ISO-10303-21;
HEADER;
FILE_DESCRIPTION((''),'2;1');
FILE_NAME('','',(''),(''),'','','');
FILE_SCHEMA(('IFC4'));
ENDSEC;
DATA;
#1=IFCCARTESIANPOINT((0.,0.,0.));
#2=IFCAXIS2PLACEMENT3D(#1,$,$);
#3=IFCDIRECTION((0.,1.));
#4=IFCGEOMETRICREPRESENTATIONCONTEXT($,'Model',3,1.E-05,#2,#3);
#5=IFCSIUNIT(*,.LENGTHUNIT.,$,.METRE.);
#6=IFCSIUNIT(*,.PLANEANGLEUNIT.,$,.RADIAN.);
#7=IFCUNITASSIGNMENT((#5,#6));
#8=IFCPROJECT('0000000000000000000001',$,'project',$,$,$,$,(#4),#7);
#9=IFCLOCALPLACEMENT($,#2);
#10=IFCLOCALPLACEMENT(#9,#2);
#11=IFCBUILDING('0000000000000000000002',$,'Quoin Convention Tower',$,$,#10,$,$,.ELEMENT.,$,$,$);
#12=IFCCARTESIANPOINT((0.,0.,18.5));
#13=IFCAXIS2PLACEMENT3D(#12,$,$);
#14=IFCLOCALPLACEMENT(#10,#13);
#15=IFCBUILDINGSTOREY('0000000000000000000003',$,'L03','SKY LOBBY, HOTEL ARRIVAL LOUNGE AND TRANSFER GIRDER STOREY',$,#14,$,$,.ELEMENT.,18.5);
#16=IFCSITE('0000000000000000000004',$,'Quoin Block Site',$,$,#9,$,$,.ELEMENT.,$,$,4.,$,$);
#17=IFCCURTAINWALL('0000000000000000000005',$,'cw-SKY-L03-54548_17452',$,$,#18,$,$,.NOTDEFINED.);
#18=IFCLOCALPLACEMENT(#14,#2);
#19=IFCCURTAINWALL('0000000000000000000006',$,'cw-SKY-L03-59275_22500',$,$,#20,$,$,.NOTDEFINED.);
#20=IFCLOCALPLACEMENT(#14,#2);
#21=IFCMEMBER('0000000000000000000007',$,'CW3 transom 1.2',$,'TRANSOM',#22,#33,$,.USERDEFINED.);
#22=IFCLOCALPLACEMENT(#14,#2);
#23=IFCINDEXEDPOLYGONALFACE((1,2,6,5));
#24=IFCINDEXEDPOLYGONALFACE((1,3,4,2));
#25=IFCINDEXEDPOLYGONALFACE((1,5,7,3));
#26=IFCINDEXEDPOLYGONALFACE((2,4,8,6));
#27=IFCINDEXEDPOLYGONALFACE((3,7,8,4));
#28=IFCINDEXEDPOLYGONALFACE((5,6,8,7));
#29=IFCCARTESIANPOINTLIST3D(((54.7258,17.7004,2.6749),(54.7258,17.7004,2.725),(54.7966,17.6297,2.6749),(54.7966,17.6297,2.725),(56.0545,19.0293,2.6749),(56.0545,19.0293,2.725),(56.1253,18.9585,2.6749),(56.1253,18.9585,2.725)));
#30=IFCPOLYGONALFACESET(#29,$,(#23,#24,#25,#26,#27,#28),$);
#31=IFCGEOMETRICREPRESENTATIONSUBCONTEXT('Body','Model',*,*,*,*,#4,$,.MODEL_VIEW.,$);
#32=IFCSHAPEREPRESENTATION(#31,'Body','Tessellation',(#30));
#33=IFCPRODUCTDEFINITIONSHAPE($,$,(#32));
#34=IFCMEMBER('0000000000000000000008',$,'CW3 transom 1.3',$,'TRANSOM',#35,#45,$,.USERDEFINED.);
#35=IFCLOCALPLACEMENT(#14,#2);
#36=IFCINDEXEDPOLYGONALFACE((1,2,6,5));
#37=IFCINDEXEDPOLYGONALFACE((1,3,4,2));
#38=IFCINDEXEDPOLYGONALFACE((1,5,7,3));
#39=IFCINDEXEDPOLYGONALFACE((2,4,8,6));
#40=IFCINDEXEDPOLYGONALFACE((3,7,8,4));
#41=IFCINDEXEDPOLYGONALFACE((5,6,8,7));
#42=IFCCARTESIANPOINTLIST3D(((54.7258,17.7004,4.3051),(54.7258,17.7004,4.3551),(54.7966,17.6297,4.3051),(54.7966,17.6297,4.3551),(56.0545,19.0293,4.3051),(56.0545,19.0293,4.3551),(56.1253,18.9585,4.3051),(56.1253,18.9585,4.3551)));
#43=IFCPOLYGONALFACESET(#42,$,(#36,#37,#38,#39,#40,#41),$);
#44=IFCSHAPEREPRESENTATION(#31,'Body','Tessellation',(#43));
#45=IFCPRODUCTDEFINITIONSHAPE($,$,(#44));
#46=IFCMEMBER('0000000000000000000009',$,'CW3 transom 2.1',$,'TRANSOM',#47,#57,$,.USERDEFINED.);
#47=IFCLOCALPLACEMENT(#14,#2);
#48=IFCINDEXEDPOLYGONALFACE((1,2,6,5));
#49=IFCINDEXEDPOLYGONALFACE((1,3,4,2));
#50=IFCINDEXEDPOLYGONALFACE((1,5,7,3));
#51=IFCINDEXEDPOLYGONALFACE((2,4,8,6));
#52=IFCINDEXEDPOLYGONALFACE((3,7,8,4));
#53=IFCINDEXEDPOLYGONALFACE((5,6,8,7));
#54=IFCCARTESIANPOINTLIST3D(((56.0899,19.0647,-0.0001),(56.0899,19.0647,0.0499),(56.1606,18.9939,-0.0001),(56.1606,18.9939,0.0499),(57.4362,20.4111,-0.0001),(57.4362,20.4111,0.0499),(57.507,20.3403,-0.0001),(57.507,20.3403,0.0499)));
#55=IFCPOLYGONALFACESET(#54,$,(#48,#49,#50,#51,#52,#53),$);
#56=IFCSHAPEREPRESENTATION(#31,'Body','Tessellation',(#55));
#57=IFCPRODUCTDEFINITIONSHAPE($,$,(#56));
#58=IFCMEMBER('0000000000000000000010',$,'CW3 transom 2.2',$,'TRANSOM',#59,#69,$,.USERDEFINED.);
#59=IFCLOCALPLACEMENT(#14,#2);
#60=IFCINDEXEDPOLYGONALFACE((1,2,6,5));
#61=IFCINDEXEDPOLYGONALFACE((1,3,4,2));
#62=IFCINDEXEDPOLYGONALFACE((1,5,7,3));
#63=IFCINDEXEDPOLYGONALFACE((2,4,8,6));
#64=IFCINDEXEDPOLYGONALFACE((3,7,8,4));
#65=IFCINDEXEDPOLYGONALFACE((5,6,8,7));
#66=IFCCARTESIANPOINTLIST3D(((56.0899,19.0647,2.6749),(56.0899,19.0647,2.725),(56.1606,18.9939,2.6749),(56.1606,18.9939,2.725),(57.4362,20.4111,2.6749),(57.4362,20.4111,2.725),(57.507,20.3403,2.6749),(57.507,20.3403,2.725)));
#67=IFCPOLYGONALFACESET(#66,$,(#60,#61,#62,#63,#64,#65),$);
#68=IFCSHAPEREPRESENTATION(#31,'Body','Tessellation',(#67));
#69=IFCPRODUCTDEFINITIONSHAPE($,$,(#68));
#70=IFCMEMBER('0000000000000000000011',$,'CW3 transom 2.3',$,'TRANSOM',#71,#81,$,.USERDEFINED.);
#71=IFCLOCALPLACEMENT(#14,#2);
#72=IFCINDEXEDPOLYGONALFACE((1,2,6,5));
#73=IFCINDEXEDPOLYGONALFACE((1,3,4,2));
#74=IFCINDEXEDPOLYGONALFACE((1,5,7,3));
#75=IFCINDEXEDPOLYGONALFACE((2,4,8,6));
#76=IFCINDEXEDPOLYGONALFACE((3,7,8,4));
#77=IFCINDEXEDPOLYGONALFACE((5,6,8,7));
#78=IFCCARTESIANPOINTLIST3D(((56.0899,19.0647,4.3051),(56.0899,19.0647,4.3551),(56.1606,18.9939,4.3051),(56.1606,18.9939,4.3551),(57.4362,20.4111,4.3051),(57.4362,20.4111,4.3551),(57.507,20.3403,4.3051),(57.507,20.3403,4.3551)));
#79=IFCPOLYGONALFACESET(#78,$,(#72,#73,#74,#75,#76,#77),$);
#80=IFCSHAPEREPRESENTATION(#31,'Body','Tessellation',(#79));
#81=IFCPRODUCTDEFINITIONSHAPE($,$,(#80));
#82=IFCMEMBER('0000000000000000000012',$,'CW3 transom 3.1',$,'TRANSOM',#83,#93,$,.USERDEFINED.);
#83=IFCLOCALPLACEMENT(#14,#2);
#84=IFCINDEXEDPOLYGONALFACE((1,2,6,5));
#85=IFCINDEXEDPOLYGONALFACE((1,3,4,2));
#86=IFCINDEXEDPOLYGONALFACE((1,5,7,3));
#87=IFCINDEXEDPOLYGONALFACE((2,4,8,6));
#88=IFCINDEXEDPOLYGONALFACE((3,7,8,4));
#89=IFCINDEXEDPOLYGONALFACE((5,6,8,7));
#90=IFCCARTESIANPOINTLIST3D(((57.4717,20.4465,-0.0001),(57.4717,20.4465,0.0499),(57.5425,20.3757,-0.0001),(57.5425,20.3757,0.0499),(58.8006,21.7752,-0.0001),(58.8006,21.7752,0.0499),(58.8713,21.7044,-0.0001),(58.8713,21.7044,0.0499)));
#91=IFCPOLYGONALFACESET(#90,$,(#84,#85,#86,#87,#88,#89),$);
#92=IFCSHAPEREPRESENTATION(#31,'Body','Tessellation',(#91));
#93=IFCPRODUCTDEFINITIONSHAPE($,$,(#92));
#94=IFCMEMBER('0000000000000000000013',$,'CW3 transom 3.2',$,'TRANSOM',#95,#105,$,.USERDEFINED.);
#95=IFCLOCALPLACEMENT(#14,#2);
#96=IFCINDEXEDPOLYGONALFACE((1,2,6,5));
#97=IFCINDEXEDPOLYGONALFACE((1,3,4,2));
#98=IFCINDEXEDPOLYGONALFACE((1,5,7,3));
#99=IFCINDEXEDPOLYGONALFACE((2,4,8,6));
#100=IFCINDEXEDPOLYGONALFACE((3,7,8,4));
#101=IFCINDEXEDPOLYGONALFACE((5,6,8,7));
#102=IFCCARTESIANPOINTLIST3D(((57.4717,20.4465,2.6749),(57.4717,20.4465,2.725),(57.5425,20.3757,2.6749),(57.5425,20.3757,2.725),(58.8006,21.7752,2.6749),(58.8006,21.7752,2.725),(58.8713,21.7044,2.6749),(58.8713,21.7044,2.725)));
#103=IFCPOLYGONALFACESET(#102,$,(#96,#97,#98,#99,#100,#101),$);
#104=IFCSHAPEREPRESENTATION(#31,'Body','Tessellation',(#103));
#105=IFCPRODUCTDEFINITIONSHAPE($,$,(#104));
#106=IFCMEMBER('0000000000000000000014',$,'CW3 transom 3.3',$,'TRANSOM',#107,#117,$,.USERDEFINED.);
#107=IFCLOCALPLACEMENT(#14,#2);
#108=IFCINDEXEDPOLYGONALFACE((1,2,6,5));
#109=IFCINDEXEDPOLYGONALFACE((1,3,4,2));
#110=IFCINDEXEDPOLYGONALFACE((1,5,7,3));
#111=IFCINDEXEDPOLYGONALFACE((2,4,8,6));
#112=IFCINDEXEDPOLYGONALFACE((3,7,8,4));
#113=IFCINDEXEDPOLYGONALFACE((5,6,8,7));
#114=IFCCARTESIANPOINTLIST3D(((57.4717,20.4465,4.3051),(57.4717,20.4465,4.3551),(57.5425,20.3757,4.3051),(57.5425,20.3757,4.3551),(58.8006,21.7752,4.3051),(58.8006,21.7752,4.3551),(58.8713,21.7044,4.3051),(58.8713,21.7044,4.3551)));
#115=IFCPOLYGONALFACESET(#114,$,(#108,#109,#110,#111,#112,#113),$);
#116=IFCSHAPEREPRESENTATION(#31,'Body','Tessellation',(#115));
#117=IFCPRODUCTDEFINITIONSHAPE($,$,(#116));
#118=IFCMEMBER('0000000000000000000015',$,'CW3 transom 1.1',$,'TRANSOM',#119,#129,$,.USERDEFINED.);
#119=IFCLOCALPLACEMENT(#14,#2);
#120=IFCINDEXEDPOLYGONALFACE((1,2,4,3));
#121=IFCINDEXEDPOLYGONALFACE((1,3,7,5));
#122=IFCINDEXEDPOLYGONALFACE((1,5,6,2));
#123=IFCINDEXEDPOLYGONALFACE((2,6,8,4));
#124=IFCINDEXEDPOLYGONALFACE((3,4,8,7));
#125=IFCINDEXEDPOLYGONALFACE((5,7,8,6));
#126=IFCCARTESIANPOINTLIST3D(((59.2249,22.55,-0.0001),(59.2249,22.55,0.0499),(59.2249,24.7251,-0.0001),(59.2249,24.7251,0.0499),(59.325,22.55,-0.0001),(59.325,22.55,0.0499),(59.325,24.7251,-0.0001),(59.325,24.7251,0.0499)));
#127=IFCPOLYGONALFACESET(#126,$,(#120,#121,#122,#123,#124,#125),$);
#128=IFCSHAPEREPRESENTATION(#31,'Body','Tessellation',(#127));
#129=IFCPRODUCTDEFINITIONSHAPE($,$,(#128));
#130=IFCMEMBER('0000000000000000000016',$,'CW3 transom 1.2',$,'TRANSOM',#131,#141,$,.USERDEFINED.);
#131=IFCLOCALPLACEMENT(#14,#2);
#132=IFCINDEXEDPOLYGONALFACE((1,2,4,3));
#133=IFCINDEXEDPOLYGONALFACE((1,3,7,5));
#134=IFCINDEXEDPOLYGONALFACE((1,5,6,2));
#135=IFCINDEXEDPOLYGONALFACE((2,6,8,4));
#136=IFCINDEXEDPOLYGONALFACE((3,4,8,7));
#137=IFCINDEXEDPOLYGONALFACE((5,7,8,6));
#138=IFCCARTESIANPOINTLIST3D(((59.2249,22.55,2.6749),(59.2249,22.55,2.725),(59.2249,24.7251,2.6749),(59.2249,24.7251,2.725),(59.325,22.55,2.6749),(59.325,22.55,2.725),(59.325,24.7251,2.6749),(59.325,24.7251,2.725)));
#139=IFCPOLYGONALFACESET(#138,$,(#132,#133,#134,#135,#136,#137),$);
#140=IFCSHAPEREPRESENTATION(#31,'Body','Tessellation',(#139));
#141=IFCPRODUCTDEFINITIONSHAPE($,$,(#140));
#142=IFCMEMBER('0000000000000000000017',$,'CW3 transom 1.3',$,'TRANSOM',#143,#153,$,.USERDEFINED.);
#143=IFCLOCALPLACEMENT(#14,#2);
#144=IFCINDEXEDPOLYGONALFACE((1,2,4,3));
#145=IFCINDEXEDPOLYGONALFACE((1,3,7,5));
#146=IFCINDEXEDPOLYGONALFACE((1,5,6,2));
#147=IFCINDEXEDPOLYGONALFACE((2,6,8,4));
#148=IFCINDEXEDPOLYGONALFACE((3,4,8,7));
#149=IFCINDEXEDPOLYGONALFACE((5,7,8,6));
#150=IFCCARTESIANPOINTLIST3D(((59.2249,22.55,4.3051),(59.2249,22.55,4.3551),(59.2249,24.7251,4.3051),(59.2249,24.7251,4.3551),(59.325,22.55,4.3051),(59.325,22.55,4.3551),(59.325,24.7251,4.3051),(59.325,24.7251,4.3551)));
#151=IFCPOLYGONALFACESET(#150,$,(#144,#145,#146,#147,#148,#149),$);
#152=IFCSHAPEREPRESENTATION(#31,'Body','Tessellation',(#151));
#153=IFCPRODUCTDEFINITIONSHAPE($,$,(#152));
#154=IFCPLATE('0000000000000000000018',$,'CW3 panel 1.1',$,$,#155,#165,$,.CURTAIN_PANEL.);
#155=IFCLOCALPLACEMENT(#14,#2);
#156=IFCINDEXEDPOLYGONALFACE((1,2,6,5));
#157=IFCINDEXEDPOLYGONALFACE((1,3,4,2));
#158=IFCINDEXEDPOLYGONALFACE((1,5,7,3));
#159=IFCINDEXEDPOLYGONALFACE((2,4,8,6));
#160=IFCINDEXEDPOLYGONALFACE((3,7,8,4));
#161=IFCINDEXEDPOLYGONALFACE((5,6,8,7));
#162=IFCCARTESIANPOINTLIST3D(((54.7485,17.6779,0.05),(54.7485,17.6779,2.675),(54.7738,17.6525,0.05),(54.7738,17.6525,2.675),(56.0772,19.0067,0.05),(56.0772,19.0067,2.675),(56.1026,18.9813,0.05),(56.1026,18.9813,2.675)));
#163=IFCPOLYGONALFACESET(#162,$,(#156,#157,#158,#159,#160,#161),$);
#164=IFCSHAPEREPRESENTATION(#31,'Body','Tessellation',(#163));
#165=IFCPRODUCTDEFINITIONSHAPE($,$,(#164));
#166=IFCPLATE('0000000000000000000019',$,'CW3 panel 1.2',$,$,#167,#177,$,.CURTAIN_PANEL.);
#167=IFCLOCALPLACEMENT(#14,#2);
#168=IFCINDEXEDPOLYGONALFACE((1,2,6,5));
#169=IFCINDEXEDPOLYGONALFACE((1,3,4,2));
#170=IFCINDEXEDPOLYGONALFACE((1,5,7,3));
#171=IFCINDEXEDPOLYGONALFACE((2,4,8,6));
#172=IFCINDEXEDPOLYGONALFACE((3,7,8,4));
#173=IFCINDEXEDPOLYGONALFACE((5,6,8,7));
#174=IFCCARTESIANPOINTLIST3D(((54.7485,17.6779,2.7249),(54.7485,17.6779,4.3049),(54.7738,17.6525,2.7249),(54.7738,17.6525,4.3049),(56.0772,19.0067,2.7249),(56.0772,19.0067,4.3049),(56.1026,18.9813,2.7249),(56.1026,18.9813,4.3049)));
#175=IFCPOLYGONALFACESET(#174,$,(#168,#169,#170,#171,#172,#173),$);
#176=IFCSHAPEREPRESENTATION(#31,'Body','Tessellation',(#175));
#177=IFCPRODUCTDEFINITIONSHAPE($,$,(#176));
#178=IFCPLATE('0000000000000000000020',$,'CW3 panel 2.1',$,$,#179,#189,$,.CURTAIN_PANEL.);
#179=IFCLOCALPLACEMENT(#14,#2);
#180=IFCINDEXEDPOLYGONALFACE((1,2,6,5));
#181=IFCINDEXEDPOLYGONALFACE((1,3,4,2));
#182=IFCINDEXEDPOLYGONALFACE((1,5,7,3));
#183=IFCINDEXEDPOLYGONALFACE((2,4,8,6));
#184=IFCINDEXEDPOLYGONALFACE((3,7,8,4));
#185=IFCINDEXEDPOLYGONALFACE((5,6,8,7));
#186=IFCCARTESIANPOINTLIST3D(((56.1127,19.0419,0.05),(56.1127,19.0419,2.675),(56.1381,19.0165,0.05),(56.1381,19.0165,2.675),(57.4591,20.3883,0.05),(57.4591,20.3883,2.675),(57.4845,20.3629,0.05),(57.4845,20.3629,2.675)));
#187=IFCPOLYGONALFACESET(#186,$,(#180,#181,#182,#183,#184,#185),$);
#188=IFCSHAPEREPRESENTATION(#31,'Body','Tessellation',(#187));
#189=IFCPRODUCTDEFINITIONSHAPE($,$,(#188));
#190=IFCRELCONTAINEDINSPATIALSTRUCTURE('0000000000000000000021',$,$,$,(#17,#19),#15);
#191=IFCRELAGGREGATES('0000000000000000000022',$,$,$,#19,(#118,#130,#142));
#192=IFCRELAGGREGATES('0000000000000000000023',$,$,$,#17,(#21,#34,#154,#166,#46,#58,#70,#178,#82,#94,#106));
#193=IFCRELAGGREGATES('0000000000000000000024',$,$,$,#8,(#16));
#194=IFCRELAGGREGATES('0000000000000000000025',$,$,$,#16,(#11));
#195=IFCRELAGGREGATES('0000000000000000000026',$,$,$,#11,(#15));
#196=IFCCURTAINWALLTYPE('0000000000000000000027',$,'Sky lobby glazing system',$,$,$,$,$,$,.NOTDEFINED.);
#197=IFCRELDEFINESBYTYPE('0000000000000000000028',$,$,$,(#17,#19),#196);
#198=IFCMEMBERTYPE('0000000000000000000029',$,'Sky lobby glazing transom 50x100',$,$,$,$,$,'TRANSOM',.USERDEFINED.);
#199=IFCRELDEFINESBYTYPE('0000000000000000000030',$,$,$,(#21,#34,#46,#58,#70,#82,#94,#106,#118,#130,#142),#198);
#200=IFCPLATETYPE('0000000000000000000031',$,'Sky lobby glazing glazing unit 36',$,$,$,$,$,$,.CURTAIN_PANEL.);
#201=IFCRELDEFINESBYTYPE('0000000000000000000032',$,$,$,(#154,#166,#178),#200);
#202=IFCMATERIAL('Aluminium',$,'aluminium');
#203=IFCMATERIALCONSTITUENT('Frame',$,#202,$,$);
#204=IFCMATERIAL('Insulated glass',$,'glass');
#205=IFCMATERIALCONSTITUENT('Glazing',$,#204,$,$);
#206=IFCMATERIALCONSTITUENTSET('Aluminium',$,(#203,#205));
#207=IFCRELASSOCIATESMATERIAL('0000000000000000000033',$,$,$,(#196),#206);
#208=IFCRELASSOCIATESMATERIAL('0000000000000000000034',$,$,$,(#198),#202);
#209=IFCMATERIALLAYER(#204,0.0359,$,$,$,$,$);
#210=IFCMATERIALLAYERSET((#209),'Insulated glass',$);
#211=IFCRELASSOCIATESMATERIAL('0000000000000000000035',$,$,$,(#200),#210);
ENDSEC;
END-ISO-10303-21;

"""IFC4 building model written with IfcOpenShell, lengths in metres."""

from ifc_helpers import new_model, si_unit, direction, frame, origin, origin_2d, place, context, subcontext, project, spatial, rectangle, extrude, material, layer, layer_set, constituent, constituent_set, material_profile, profile_set, type_object, element, aggregate, save


model = new_model("IFC4")

# Units and contexts
model_context = context("Model", 3, precision=1e-05, world=origin(), true_north=direction((0.0, 1.0)))
body_context = subcontext(model_context, "Body", "Model", "MODEL_VIEW")
ifc_project = project(units=[si_unit("LENGTHUNIT", "METRE"), si_unit("PLANEANGLEUNIT", "RADIAN")], contexts=[model_context])

# Site, building, storey
site_placement = place(None, origin())
site = spatial("IfcSite", under=ifc_project, at=site_placement, Name="Quoin Block Site", CompositionType="ELEMENT", RefElevation=4.0)
building_placement = place(site_placement, origin())
building = spatial("IfcBuilding", under=site, at=building_placement, Name="Quoin Convention Tower", CompositionType="ELEMENT")
storey_placement = place(building_placement, frame((0.0, 0.0, 18.5)))
storey = spatial("IfcBuildingStorey", under=building, at=storey_placement, Name="L03", Description="SKY LOBBY, HOTEL ARRIVAL LOUNGE AND TRANSFER GIRDER STOREY", CompositionType="ELEMENT", Elevation=18.5)

# Curtain wall
ifc_material_1 = material(Name="Aluminium", Category="aluminium")
ifc_constituent_1 = constituent(ifc_material_1, Name="Frame")
ifc_material_2 = material(Name="Insulated glass", Category="glass")
ifc_constituent_2 = constituent(ifc_material_2, Name="Glazing")
ifc_constituent_set = constituent_set(constituents=[ifc_constituent_1, ifc_constituent_2], Name="Aluminium")
curtain_wall_type = type_object("IfcCurtainWallType", Name="Sky lobby glazing system", PredefinedType="NOTDEFINED", material=ifc_constituent_set)
curtain_wall_1_placement = place(storey_placement, origin())
curtain_wall_1 = element("IfcCurtainWall", 1, at=curtain_wall_1_placement, inside=storey, type_object=curtain_wall_type, Name="cw-SKY-L03-54548_17452", PredefinedType="NOTDEFINED")

# Curtain wall
curtain_wall_2_placement = place(storey_placement, origin())
curtain_wall_2 = element("IfcCurtainWall", 2, at=curtain_wall_2_placement, inside=storey, type_object=curtain_wall_type, Name="cw-SKY-L03-59275_22500", PredefinedType="NOTDEFINED")

# Members
ifc_material_profile_1 = material_profile(ifc_material_1, rectangle(XDim=0.1001, YDim=0.05, at=origin_2d()), Name="Sky lobby glazing transom 50x100")
ifc_profile_set_1 = profile_set([ifc_material_profile_1], Name="Aluminium")
member_type_1 = type_object("IfcMemberType", Name="Sky lobby glazing transom 50x100", ElementType="TRANSOM", PredefinedType="USERDEFINED", material=ifc_profile_set_1)
member_1_placement = place(storey_placement, frame((54.7612, 17.665, 2.7), z_axis=(0.707042, 0.707172, 0.0), x_axis=(-0.707172, 0.707042, 0.0)))
member_1 = element("IfcMember", 3, at=member_1_placement, type_object=member_type_1, Name="CW3 transom 1.2", ObjectType="TRANSOM", PredefinedType="USERDEFINED", context=body_context, shape_type="SweptSolid", body=[
    extrude(rectangle(XDim=0.1001, YDim=0.05, at=origin_2d()), origin(), (0.0, 0.0, 1.0), 1.8792),
])
member_2_placement = place(storey_placement, frame((54.7612, 17.665, 4.3301), z_axis=(0.707042, 0.707172, 0.0), x_axis=(-0.707172, 0.707042, 0.0)))
member_2 = element("IfcMember", 4, at=member_2_placement, type_object=member_type_1, Name="CW3 transom 1.3", ObjectType="TRANSOM", PredefinedType="USERDEFINED", context=body_context, shape_type="SweptSolid", body=[
    extrude(rectangle(XDim=0.1001, YDim=0.05, at=origin_2d()), origin(), (0.0, 0.0, 1.0), 1.8792),
])
member_3_placement = place(storey_placement, frame((56.1252, 19.0293, 0.0249), z_axis=(0.707107, 0.707107, 0.0), x_axis=(-0.707107, 0.707107, 0.0)))
member_3 = element("IfcMember", 5, at=member_3_placement, type_object=member_type_1, Name="CW3 transom 2.1", ObjectType="TRANSOM", PredefinedType="USERDEFINED", context=body_context, shape_type="SweptSolid", body=[
    extrude(rectangle(XDim=0.1001, YDim=0.05, at=origin_2d()), origin(), (0.0, 0.0, 1.0), 1.9041),
])
member_4_placement = place(storey_placement, frame((56.1252, 19.0293, 2.7), z_axis=(0.707107, 0.707107, 0.0), x_axis=(-0.707107, 0.707107, 0.0)))
member_4 = element("IfcMember", 6, at=member_4_placement, type_object=member_type_1, Name="CW3 transom 2.2", ObjectType="TRANSOM", PredefinedType="USERDEFINED", context=body_context, shape_type="SweptSolid", body=[
    extrude(rectangle(XDim=0.1001, YDim=0.05, at=origin_2d()), origin(), (0.0, 0.0, 1.0), 1.9041),
])
member_5_placement = place(storey_placement, frame((56.1252, 19.0293, 4.3301), z_axis=(0.707107, 0.707107, 0.0), x_axis=(-0.707107, 0.707107, 0.0)))
member_5 = element("IfcMember", 7, at=member_5_placement, type_object=member_type_1, Name="CW3 transom 2.3", ObjectType="TRANSOM", PredefinedType="USERDEFINED", context=body_context, shape_type="SweptSolid", body=[
    extrude(rectangle(XDim=0.1001, YDim=0.05, at=origin_2d()), origin(), (0.0, 0.0, 1.0), 1.9041),
])
member_6_placement = place(storey_placement, frame((57.5071, 20.4111, 0.0249), z_axis=(0.707172, 0.707042, 0.0), x_axis=(-0.707042, 0.707172, 0.0)))
member_6 = element("IfcMember", 8, at=member_6_placement, type_object=member_type_1, Name="CW3 transom 3.1", ObjectType="TRANSOM", PredefinedType="USERDEFINED", context=body_context, shape_type="SweptSolid", body=[
    extrude(rectangle(XDim=0.1001, YDim=0.05, at=origin_2d()), origin(), (0.0, 0.0, 1.0), 1.8792),
])
member_7_placement = place(storey_placement, frame((57.5071, 20.4111, 2.7), z_axis=(0.707172, 0.707042, 0.0), x_axis=(-0.707042, 0.707172, 0.0)))
member_7 = element("IfcMember", 9, at=member_7_placement, type_object=member_type_1, Name="CW3 transom 3.2", ObjectType="TRANSOM", PredefinedType="USERDEFINED", context=body_context, shape_type="SweptSolid", body=[
    extrude(rectangle(XDim=0.1001, YDim=0.05, at=origin_2d()), origin(), (0.0, 0.0, 1.0), 1.8792),
])
member_8_placement = place(storey_placement, frame((57.5071, 20.4111, 4.3301), z_axis=(0.707172, 0.707042, 0.0), x_axis=(-0.707042, 0.707172, 0.0)))
member_8 = element("IfcMember", 10, at=member_8_placement, type_object=member_type_1, Name="CW3 transom 3.3", ObjectType="TRANSOM", PredefinedType="USERDEFINED", context=body_context, shape_type="SweptSolid", body=[
    extrude(rectangle(XDim=0.1001, YDim=0.05, at=origin_2d()), origin(), (0.0, 0.0, 1.0), 1.8792),
])
member_9_placement = place(storey_placement, frame((59.2749, 22.55, 0.0249), z_axis=(0.0, 1.0, 0.0), x_axis=(-1.0, 0.0, 0.0)))
member_9 = element("IfcMember", 11, at=member_9_placement, type_object=member_type_1, Name="CW3 transom 1.1", ObjectType="TRANSOM", PredefinedType="USERDEFINED", context=body_context, shape_type="SweptSolid", body=[
    extrude(rectangle(XDim=0.1001, YDim=0.05, at=origin_2d()), origin(), (0.0, 0.0, 1.0), 2.175),
])
member_10_placement = place(storey_placement, frame((59.2749, 22.55, 2.7), z_axis=(0.0, 1.0, 0.0), x_axis=(-1.0, 0.0, 0.0)))
member_10 = element("IfcMember", 12, at=member_10_placement, type_object=member_type_1, Name="CW3 transom 1.2", ObjectType="TRANSOM", PredefinedType="USERDEFINED", context=body_context, shape_type="SweptSolid", body=[
    extrude(rectangle(XDim=0.1001, YDim=0.05, at=origin_2d()), origin(), (0.0, 0.0, 1.0), 2.175),
])
member_11_placement = place(storey_placement, frame((59.2749, 22.55, 4.3301), z_axis=(0.0, 1.0, 0.0), x_axis=(-1.0, 0.0, 0.0)))
member_11 = element("IfcMember", 13, at=member_11_placement, type_object=member_type_1, Name="CW3 transom 1.3", ObjectType="TRANSOM", PredefinedType="USERDEFINED", context=body_context, shape_type="SweptSolid", body=[
    extrude(rectangle(XDim=0.1001, YDim=0.05, at=origin_2d()), origin(), (0.0, 0.0, 1.0), 2.175),
])
aggregate(curtain_wall_2, [member_9, member_10, member_11])

# Plates
ifc_layer = layer(ifc_material_2, 0.0359)
ifc_layer_set = layer_set([ifc_layer], Name="Insulated glass")
plate_type = type_object("IfcPlateType", Name="Sky lobby glazing glazing unit 36", PredefinedType="CURTAIN_PANEL", material=ifc_layer_set)
plate_1_placement = place(storey_placement, frame((55.4255, 18.3296, 0.05), z_axis=(0.0, 0.0, 1.0), x_axis=(0.707107, 0.707107, 0.0)))
plate_1 = element("IfcPlate", 14, at=plate_1_placement, type_object=plate_type, Name="CW3 panel 1.1", PredefinedType="CURTAIN_PANEL", context=body_context, shape_type="SweptSolid", body=[
    extrude(rectangle(XDim=1.8792, YDim=0.0359, at=origin_2d()), origin(), (0.0, 0.0, 1.0), 2.625),
])
plate_2_placement = place(storey_placement, frame((55.4255, 18.3296, 2.7249), z_axis=(0.0, 0.0, 1.0), x_axis=(0.707107, 0.707107, 0.0)))
plate_2 = element("IfcPlate", 15, at=plate_2_placement, type_object=plate_type, Name="CW3 panel 1.2", PredefinedType="CURTAIN_PANEL", context=body_context, shape_type="SweptSolid", body=[
    extrude(rectangle(XDim=1.8792, YDim=0.0359, at=origin_2d()), origin(), (0.0, 0.0, 1.0), 1.5801),
])
plate_3_placement = place(storey_placement, frame((56.7986, 19.7024, 0.05), z_axis=(0.0, 0.0, 1.0), x_axis=(0.707107, 0.707107, 0.0)))
plate_3 = element("IfcPlate", 16, at=plate_3_placement, type_object=plate_type, Name="CW3 panel 2.1", PredefinedType="CURTAIN_PANEL", context=body_context, shape_type="SweptSolid", body=[
    extrude(rectangle(XDim=1.9041, YDim=0.0359, at=origin_2d()), origin(), (0.0, 0.0, 1.0), 2.625),
])
aggregate(curtain_wall_1, [member_1, member_2, plate_1, plate_2, member_3, member_4, member_5, plate_3, member_6, member_7, member_8])

save(model, "model.ifc")
